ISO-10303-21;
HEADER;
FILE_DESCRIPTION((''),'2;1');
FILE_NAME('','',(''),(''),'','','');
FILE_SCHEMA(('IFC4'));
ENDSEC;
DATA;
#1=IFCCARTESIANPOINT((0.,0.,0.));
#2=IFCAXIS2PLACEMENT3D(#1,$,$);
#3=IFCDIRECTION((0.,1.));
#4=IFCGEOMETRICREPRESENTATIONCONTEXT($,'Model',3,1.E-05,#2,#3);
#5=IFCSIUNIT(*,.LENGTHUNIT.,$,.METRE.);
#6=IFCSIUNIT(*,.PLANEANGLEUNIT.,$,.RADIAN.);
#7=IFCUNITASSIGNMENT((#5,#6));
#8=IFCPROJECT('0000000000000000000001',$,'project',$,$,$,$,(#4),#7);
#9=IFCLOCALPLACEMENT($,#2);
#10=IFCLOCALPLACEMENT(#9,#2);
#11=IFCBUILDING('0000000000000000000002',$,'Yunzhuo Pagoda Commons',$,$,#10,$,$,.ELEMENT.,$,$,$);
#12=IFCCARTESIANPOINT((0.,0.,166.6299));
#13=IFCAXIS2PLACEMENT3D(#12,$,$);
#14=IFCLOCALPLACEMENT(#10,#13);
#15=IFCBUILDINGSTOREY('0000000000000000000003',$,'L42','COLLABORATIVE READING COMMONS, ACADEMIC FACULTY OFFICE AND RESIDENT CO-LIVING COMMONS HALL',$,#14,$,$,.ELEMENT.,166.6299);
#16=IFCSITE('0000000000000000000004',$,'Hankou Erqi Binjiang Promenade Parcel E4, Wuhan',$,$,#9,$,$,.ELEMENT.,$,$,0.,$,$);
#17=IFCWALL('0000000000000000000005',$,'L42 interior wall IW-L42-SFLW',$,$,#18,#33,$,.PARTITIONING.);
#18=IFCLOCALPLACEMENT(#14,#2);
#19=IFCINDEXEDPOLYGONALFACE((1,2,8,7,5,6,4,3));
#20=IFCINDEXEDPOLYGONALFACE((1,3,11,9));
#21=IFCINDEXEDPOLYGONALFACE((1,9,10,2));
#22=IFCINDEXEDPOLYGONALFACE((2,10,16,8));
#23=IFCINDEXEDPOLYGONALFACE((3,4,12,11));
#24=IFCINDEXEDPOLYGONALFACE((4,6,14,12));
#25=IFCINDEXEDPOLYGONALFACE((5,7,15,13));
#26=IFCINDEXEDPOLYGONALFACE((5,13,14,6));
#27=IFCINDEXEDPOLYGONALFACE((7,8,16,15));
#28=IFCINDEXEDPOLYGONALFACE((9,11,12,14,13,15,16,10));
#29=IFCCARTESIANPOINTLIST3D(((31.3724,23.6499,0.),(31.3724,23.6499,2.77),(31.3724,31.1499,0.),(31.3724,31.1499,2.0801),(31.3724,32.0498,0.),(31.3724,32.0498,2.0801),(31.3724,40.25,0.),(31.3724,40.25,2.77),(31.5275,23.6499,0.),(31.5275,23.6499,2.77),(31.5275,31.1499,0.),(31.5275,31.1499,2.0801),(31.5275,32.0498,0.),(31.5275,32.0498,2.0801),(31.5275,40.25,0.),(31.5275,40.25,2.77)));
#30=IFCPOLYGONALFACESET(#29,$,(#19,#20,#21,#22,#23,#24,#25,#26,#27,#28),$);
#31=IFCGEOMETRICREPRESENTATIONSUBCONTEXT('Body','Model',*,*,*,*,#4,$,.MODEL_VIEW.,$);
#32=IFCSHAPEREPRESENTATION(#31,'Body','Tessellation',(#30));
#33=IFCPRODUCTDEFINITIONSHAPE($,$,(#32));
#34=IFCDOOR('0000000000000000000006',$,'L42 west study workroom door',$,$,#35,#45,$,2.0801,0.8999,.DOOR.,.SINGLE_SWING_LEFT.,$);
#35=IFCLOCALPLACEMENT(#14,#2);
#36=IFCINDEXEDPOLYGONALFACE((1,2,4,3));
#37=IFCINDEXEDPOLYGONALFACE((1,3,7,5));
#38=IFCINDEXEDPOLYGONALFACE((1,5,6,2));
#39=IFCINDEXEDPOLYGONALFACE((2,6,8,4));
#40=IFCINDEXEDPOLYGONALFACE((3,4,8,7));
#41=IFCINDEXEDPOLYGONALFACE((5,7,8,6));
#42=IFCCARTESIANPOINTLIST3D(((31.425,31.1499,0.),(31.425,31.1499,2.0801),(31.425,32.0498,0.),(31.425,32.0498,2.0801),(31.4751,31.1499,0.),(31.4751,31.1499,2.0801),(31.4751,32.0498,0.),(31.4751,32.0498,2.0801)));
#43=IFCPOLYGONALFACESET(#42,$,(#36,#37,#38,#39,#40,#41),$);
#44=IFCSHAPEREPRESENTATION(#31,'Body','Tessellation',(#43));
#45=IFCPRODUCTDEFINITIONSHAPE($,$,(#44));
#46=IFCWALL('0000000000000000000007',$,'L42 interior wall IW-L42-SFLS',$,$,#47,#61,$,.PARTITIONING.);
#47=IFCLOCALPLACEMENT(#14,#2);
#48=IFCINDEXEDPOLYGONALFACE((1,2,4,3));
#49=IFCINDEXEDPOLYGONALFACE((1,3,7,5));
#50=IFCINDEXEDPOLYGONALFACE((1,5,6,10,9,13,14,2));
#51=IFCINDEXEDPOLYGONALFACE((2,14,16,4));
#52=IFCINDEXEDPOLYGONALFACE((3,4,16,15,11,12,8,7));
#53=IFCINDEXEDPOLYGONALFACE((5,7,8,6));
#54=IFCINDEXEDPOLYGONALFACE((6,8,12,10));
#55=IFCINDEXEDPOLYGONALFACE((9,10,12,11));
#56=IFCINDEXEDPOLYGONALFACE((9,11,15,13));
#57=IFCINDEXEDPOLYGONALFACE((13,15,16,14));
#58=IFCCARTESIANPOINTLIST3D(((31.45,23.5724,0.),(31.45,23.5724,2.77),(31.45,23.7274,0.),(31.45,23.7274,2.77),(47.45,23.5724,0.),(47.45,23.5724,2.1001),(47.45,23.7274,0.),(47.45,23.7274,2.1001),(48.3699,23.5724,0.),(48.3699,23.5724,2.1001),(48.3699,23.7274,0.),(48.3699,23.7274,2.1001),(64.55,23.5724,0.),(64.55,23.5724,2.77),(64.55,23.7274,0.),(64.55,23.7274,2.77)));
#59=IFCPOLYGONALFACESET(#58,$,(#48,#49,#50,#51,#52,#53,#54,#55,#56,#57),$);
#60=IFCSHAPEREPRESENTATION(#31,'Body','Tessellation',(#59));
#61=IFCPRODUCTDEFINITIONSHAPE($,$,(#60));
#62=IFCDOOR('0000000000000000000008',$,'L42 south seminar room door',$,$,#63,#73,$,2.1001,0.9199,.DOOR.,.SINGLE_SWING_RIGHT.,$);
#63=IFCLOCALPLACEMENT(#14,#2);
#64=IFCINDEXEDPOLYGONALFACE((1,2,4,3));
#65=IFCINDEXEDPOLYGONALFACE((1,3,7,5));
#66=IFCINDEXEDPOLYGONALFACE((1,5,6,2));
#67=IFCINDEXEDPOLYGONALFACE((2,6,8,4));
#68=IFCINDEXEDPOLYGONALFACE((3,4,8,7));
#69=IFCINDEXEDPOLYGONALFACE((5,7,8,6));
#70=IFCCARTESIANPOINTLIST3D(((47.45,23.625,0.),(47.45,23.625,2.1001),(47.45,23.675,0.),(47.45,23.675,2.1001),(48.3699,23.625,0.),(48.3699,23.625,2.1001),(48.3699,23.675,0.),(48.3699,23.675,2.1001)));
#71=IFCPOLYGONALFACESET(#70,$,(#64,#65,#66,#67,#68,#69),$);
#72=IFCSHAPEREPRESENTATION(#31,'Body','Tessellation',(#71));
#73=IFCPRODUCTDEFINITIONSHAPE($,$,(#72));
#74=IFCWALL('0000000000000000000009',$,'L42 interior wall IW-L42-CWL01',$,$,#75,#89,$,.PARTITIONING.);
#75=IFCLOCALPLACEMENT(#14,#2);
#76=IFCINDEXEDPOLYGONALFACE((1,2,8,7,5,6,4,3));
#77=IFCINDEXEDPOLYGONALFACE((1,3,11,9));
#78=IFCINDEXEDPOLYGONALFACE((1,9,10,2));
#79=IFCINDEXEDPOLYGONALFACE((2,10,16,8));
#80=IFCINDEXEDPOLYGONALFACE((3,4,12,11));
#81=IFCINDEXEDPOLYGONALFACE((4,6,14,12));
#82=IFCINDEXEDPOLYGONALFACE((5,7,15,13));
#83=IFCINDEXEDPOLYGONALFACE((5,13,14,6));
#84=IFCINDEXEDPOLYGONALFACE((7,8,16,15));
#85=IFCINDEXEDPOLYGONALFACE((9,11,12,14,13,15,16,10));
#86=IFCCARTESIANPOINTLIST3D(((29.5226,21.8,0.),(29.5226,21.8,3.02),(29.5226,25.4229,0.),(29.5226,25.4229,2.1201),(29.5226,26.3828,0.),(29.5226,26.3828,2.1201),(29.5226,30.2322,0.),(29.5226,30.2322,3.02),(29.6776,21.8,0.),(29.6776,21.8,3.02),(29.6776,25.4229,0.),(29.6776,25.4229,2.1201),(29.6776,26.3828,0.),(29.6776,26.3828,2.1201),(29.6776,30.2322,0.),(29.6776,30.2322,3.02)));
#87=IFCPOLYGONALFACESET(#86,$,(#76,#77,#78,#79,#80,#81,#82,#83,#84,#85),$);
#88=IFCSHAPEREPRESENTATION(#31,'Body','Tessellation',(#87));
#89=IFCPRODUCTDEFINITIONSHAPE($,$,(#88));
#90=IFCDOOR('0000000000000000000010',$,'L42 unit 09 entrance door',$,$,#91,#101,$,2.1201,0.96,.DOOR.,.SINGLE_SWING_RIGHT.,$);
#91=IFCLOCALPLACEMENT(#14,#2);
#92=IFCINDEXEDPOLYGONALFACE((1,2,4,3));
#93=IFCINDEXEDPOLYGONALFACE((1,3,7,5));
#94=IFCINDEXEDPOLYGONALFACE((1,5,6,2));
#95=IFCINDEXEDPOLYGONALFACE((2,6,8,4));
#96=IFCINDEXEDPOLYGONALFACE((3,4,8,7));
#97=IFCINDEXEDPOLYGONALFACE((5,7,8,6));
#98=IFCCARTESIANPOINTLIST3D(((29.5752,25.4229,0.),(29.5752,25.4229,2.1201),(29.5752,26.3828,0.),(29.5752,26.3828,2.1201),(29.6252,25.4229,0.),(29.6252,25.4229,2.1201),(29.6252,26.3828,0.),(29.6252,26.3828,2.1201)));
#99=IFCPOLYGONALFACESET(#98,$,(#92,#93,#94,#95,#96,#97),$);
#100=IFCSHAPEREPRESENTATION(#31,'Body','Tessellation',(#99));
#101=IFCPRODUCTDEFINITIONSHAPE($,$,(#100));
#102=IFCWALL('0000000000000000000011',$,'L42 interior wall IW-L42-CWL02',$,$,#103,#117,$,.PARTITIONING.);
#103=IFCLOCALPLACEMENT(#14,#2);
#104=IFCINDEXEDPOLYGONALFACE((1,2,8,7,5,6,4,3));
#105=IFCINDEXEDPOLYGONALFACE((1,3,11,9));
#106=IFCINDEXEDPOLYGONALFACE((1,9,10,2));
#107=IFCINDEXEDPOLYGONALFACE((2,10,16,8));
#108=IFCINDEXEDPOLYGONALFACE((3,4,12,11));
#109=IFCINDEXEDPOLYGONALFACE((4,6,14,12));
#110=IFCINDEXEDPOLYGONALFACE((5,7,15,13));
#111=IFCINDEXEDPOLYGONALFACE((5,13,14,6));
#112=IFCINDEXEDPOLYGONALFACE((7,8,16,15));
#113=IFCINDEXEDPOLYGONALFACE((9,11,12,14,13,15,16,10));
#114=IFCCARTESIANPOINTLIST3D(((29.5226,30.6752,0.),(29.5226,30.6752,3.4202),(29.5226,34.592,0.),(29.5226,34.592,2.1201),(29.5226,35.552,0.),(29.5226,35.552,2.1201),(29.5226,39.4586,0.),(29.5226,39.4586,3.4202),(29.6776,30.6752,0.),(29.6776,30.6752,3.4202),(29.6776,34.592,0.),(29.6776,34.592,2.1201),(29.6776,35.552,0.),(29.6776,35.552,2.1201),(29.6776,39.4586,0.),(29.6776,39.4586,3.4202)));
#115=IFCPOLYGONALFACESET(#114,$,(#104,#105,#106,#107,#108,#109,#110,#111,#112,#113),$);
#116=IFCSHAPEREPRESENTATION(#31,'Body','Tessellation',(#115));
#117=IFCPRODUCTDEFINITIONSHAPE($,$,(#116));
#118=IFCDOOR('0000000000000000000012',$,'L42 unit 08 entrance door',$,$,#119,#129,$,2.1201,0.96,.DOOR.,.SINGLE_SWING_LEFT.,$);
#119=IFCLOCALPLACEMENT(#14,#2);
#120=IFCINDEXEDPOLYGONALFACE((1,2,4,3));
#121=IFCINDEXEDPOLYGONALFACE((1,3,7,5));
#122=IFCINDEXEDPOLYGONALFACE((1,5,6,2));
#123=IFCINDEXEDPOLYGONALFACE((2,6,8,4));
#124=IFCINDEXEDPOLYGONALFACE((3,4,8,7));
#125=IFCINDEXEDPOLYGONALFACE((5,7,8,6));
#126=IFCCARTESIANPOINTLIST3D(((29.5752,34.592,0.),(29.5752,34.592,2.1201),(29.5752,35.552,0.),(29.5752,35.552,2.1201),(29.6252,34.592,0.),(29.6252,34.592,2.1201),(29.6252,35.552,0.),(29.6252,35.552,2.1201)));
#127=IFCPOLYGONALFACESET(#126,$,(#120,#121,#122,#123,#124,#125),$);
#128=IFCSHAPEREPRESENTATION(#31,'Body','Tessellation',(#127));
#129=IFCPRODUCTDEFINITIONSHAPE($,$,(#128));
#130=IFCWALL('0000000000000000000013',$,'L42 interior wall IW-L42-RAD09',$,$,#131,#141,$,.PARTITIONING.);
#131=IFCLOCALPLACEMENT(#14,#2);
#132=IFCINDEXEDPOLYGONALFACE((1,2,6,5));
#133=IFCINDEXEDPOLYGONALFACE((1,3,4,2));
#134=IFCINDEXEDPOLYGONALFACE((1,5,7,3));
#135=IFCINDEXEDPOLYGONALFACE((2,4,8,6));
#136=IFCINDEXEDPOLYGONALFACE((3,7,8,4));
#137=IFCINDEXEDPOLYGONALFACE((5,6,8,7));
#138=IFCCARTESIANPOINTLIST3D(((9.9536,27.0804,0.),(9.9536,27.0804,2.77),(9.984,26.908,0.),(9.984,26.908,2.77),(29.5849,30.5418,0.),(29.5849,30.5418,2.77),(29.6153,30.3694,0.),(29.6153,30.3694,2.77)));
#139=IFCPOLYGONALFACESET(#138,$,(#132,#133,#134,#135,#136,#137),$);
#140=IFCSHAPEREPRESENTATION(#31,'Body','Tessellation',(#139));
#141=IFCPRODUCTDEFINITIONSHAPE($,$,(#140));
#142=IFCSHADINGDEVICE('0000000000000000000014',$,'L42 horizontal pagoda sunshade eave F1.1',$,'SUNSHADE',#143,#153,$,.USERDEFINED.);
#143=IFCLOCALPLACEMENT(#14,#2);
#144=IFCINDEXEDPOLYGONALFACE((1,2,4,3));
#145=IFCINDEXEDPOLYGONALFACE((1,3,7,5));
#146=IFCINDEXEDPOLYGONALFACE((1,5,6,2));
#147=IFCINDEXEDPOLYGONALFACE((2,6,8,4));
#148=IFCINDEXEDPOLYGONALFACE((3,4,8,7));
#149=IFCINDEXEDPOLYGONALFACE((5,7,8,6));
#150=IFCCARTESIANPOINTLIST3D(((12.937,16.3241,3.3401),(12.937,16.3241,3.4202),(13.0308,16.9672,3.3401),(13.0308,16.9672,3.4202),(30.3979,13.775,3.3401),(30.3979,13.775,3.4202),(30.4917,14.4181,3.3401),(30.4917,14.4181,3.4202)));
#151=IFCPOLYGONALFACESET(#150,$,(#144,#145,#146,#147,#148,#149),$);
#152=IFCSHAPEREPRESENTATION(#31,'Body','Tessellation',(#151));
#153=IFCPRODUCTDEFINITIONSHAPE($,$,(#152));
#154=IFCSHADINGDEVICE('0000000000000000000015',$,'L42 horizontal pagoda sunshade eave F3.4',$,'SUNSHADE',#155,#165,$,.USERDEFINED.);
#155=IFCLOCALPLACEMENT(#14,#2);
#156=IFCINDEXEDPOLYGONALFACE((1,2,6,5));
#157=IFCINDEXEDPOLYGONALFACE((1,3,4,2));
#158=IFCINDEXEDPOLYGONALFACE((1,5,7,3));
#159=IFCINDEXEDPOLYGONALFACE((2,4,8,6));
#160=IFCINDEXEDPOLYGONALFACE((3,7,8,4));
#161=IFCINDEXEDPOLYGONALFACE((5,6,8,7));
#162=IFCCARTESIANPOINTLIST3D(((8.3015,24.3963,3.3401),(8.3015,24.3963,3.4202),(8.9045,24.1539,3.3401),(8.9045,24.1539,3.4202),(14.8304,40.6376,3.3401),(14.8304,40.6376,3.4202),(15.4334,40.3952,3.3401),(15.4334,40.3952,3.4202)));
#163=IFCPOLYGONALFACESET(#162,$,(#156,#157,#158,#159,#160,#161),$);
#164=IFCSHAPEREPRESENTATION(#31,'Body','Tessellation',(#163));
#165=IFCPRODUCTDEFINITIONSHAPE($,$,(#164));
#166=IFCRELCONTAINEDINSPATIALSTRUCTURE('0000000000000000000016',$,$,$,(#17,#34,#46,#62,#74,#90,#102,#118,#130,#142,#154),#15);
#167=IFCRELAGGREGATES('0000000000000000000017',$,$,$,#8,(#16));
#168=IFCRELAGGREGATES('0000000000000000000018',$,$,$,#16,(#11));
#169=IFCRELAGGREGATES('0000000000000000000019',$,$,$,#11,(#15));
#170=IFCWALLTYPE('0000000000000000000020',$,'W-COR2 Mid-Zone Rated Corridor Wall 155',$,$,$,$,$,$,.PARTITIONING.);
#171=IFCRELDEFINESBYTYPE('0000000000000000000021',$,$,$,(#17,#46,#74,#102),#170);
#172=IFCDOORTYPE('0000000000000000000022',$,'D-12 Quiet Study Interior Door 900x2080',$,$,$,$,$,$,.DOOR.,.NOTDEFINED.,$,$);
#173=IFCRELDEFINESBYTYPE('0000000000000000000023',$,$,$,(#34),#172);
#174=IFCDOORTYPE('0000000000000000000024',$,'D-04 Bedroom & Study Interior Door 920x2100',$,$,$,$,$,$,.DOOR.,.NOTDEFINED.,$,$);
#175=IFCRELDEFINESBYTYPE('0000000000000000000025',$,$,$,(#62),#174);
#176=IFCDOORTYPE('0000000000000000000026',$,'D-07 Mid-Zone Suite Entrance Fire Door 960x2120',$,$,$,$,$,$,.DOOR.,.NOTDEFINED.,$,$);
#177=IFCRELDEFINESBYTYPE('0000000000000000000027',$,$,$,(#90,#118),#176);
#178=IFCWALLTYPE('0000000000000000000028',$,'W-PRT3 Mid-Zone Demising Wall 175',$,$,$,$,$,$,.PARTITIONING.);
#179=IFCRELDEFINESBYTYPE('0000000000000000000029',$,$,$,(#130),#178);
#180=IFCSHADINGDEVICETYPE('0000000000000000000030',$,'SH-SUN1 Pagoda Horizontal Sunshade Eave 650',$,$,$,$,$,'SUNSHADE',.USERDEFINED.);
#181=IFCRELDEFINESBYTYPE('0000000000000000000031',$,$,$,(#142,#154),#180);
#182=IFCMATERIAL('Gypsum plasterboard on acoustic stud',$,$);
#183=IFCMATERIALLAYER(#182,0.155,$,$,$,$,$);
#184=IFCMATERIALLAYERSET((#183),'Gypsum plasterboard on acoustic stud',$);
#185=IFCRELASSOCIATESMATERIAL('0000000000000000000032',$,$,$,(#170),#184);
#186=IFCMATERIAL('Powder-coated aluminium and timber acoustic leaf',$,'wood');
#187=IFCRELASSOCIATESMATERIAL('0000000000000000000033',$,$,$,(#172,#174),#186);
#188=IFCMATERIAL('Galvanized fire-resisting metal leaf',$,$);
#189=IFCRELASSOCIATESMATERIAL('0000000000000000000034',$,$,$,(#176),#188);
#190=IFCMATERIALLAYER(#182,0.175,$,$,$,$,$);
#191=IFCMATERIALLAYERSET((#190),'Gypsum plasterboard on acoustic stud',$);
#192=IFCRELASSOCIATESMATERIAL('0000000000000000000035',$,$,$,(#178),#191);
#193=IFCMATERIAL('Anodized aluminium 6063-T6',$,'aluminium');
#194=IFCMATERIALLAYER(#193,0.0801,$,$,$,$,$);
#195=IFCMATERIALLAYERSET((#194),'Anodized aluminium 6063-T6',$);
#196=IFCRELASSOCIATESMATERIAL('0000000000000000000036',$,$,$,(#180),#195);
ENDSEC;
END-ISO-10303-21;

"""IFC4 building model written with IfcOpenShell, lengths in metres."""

from ifc_helpers import new_model, si_unit, direction, frame, frame_2d, origin, origin_with_axes, origin_2d, place, context, subcontext, project, spatial, rectangle, extrude, source, transform, mapped, material, layer, layer_set, type_object, element, fill, save


model = new_model("IFC4")

# Units and contexts
model_context = context("Model", 3, precision=1e-05, world=origin(), true_north=direction((0.0, 1.0)))
body_context = subcontext(model_context, "Body", "Model", "MODEL_VIEW")
ifc_project = project(units=[si_unit("LENGTHUNIT", "METRE"), si_unit("PLANEANGLEUNIT", "RADIAN")], contexts=[model_context])

# Site, building, storey
site_placement = place(None, origin())
site = spatial("IfcSite", under=ifc_project, at=site_placement, Name="Hankou Erqi Binjiang Promenade Parcel E4, Wuhan", CompositionType="ELEMENT", RefElevation=0.0)
building_placement = place(site_placement, origin())
building = spatial("IfcBuilding", under=site, at=building_placement, Name="Yunzhuo Pagoda Commons", CompositionType="ELEMENT")
storey_placement = place(building_placement, frame((0.0, 0.0, 166.6299)))
storey = spatial("IfcBuildingStorey", under=building, at=storey_placement, Name="L42", Description="COLLABORATIVE READING COMMONS, ACADEMIC FACULTY OFFICE AND RESIDENT CO-LIVING COMMONS HALL", CompositionType="ELEMENT", Elevation=166.6299)

# Shared definitions
ifc_material_1 = material(Name="Anodized aluminium 6063-T6", Category="aluminium")

# Walls, openings, doors
ifc_material_2 = material(Name="Gypsum plasterboard on acoustic stud")
ifc_layer_1 = layer(ifc_material_2, 0.155)
ifc_layer_set_1 = layer_set([ifc_layer_1], Name="Gypsum plasterboard on acoustic stud")
wall_type_1 = type_object("IfcWallType", Name="W-COR2 Mid-Zone Rated Corridor Wall 155", PredefinedType="PARTITIONING", material=ifc_layer_set_1)
wall_1_placement = place(storey_placement, frame((31.45, 23.6499, 0.0), z_axis=(0.0, 0.0, 1.0), x_axis=(0.0, 1.0, 0.0)))
wall_1 = element("IfcWall", 1, at=wall_1_placement, inside=storey, type_object=wall_type_1, Name="L42 interior wall IW-L42-SFLW", PredefinedType="PARTITIONING", context=body_context, shape_type="SweptSolid", body=[
    extrude(rectangle(XDim=16.6001, YDim=0.155, at=frame_2d((8.3, 0.0))), origin(), (0.0, 0.0, 1.0), 2.77),
])
opening_1_placement = place(wall_1_placement, frame((7.5, 0.0, 0.0)))
opening_1 = element("IfcOpeningElement", 2, at=opening_1_placement, cuts=wall_1, PredefinedType="OPENING", context=body_context, shape_type="SweptSolid", body=[
    extrude(rectangle(XDim=0.8999, YDim=2.0801, at=frame_2d((0.45, 1.04))), frame((0.0, 0.0874, 0.0), z_axis=(0.0, -1.0, 0.0), x_axis=(1.0, 0.0, 0.0)), (0.0, 0.0, 1.0), 0.175),
])
ifc_material_3 = material(Name="Powder-coated aluminium and timber acoustic leaf", Category="wood")
door_type_1 = type_object("IfcDoorType", Name="D-12 Quiet Study Interior Door 900x2080", OperationType="NOTDEFINED", PredefinedType="DOOR", material=ifc_material_3)
shared_shape_1 = source(origin(), body_context, "Body", "SweptSolid", [
    extrude(rectangle(XDim=0.8999, YDim=2.0801, at=frame_2d((0.45, 1.04))), frame((0.0, 0.0249, 0.0), z_axis=(0.0, -1.0, 0.0), x_axis=(1.0, 0.0, 0.0)), (0.0, 0.0, 1.0), 0.05),
])
door_1_placement = place(opening_1_placement, origin_with_axes())
door_1 = element("IfcDoor", 3, at=door_1_placement, inside=storey, type_object=door_type_1, Name="L42 west study workroom door", OperationType="SINGLE_SWING_LEFT", OverallHeight=2.0801, OverallWidth=0.8999, PredefinedType="DOOR", context=body_context, shape_type="MappedRepresentation", body=[
    mapped(shared_shape_1, transform((0.0, 0.0, 0.0), scale=1.0)),
])
fill(opening_1, door_1)
wall_2_placement = place(storey_placement, frame((31.45, 23.6499, 0.0), z_axis=(0.0, 0.0, 1.0), x_axis=(1.0, 0.0, 0.0)))
wall_2 = element("IfcWall", 4, at=wall_2_placement, inside=storey, type_object=wall_type_1, Name="L42 interior wall IW-L42-SFLS", PredefinedType="PARTITIONING", context=body_context, shape_type="SweptSolid", body=[
    extrude(rectangle(XDim=33.1001, YDim=0.155, at=frame_2d((16.55, 0.0))), origin(), (0.0, 0.0, 1.0), 2.77),
])
opening_2_placement = place(wall_2_placement, frame((16.0, 0.0, 0.0)))
opening_2 = element("IfcOpeningElement", 5, at=opening_2_placement, cuts=wall_2, PredefinedType="OPENING", context=body_context, shape_type="SweptSolid", body=[
    extrude(rectangle(XDim=0.9199, YDim=2.1001, at=frame_2d((0.46, 1.05))), frame((0.0, 0.0874, 0.0), z_axis=(0.0, -1.0, 0.0), x_axis=(1.0, 0.0, 0.0)), (0.0, 0.0, 1.0), 0.175),
])
door_type_2 = type_object("IfcDoorType", Name="D-04 Bedroom & Study Interior Door 920x2100", OperationType="NOTDEFINED", PredefinedType="DOOR", material=ifc_material_3)
shared_shape_2 = source(origin(), body_context, "Body", "SweptSolid", [
    extrude(rectangle(XDim=0.9199, YDim=2.1001, at=frame_2d((0.46, 1.05))), frame((0.0, 0.0249, 0.0), z_axis=(0.0, -1.0, 0.0), x_axis=(1.0, 0.0, 0.0)), (0.0, 0.0, 1.0), 0.05),
])
door_2_placement = place(opening_2_placement, frame((0.9199, 0.0, 0.0), z_axis=(0.0, 0.0, 1.0), x_axis=(-1.0, 0.0, 0.0)))
door_2 = element("IfcDoor", 6, at=door_2_placement, inside=storey, type_object=door_type_2, Name="L42 south seminar room door", OperationType="SINGLE_SWING_RIGHT", OverallHeight=2.1001, OverallWidth=0.9199, PredefinedType="DOOR", context=body_context, shape_type="MappedRepresentation", body=[
    mapped(shared_shape_2, transform((0.0, 0.0, 0.0), scale=1.0)),
])
fill(opening_2, door_2)
wall_3_placement = place(storey_placement, frame((29.6001, 21.8, 0.0), z_axis=(0.0, 0.0, 1.0), x_axis=(0.0, 1.0, 0.0)))
wall_3 = element("IfcWall", 7, at=wall_3_placement, inside=storey, type_object=wall_type_1, Name="L42 interior wall IW-L42-CWL01", PredefinedType="PARTITIONING", context=body_context, shape_type="SweptSolid", body=[
    extrude(rectangle(XDim=8.4321, YDim=0.155, at=frame_2d((4.2161, 0.0))), origin(), (0.0, 0.0, 1.0), 3.02),
])
opening_3_placement = place(wall_3_placement, frame((3.6228, 0.0, 0.0)))
opening_3 = element("IfcOpeningElement", 8, at=opening_3_placement, cuts=wall_3, PredefinedType="OPENING", context=body_context, shape_type="SweptSolid", body=[
    extrude(rectangle(XDim=0.96, YDim=2.1201, at=frame_2d((0.48, 1.0601))), frame((0.0, 0.0874, 0.0), z_axis=(0.0, -1.0, 0.0), x_axis=(1.0, 0.0, 0.0)), (0.0, 0.0, 1.0), 0.175),
])
ifc_material_4 = material(Name="Galvanized fire-resisting metal leaf")
door_type_3 = type_object("IfcDoorType", Name="D-07 Mid-Zone Suite Entrance Fire Door 960x2120", OperationType="NOTDEFINED", PredefinedType="DOOR", material=ifc_material_4)
shared_shape_3 = source(origin(), body_context, "Body", "SweptSolid", [
    extrude(rectangle(XDim=0.96, YDim=2.1201, at=frame_2d((0.48, 1.0601))), frame((0.0, 0.0249, 0.0), z_axis=(0.0, -1.0, 0.0), x_axis=(1.0, 0.0, 0.0)), (0.0, 0.0, 1.0), 0.05),
])
door_3_placement = place(opening_3_placement, origin_with_axes())
door_3 = element("IfcDoor", 9, at=door_3_placement, inside=storey, type_object=door_type_3, Name="L42 unit 09 entrance door", OperationType="SINGLE_SWING_RIGHT", OverallHeight=2.1201, OverallWidth=0.96, PredefinedType="DOOR", context=body_context, shape_type="MappedRepresentation", body=[
    mapped(shared_shape_3, transform((0.0, 0.0, 0.0), scale=1.0)),
])
fill(opening_3, door_3)
wall_4_placement = place(storey_placement, frame((29.6001, 30.6753, 0.0), z_axis=(0.0, 0.0, 1.0), x_axis=(0.0, 1.0, 0.0)))
wall_4 = element("IfcWall", 10, at=wall_4_placement, inside=storey, type_object=wall_type_1, Name="L42 interior wall IW-L42-CWL02", PredefinedType="PARTITIONING", context=body_context, shape_type="SweptSolid", body=[
    extrude(rectangle(XDim=8.7834, YDim=0.155, at=frame_2d((4.3916, 0.0))), origin(), (0.0, 0.0, 1.0), 3.4202),
])
opening_4_placement = place(wall_4_placement, frame((3.9167, 0.0, 0.0)))
opening_4 = element("IfcOpeningElement", 11, at=opening_4_placement, cuts=wall_4, PredefinedType="OPENING", context=body_context, shape_type="SweptSolid", body=[
    extrude(rectangle(XDim=0.96, YDim=2.1201, at=frame_2d((0.48, 1.0601))), frame((0.0, 0.0874, 0.0), z_axis=(0.0, -1.0, 0.0), x_axis=(1.0, 0.0, 0.0)), (0.0, 0.0, 1.0), 0.175),
])
door_4_placement = place(opening_4_placement, origin_with_axes())
door_4 = element("IfcDoor", 12, at=door_4_placement, inside=storey, type_object=door_type_3, Name="L42 unit 08 entrance door", OperationType="SINGLE_SWING_LEFT", OverallHeight=2.1201, OverallWidth=0.96, PredefinedType="DOOR", context=body_context, shape_type="MappedRepresentation", body=[
    mapped(shared_shape_3, transform((0.0, 0.0, 0.0), scale=1.0)),
])
fill(opening_4, door_4)

# Wall
ifc_layer_2 = layer(ifc_material_2, 0.175)
ifc_layer_set_2 = layer_set([ifc_layer_2], Name="Gypsum plasterboard on acoustic stud")
wall_type_2 = type_object("IfcWallType", Name="W-PRT3 Mid-Zone Demising Wall 175", PredefinedType="PARTITIONING", material=ifc_layer_set_2)
wall_5_placement = place(storey_placement, frame((29.6001, 30.4556, 0.0), z_axis=(0.0, 0.0, 1.0), x_axis=(-0.984809, -0.173643, 0.0)))
element("IfcWall", 13, at=wall_5_placement, inside=storey, type_object=wall_type_2, Name="L42 interior wall IW-L42-RAD09", PredefinedType="PARTITIONING", context=body_context, shape_type="SweptSolid", body=[
    extrude(rectangle(XDim=19.9341, YDim=0.175, at=frame_2d((9.967, 0.0))), origin(), (0.0, 0.0, 1.0), 2.77),
])

# Shading devices
ifc_layer_3 = layer(ifc_material_1, 0.0801)
ifc_layer_set_3 = layer_set([ifc_layer_3], Name="Anodized aluminium 6063-T6")
shading_device_type = type_object("IfcShadingDeviceType", Name="SH-SUN1 Pagoda Horizontal Sunshade Eave 650", ElementType="SUNSHADE", PredefinedType="USERDEFINED", material=ifc_layer_set_3)
shared_shape_4 = source(origin(), body_context, "Body", "SweptSolid", [
    extrude(rectangle(XDim=17.646, YDim=0.6499, at=origin_2d()), origin(), (0.0, 0.0, 1.0), 0.0801),
])
shading_device_1_placement = place(storey_placement, frame((21.7144, 15.3711, 3.3401), z_axis=(0.0, 0.0, 1.0), x_axis=(0.989511, -0.14446, 0.0)))
element("IfcShadingDevice", 14, at=shading_device_1_placement, inside=storey, type_object=shading_device_type, Name="L42 horizontal pagoda sunshade eave F1.1", ObjectType="SUNSHADE", PredefinedType="USERDEFINED", context=body_context, shape_type="MappedRepresentation", body=[
    mapped(shared_shape_4, transform((0.0, 0.0, 0.0), scale=1.0)),
])
shared_shape_5 = source(origin(), body_context, "Body", "SweptSolid", [
    extrude(rectangle(XDim=17.5044, YDim=0.6499, at=origin_2d()), origin(), (0.0, 0.0, 1.0), 0.0801),
])
shading_device_2_placement = place(storey_placement, frame((11.8674, 32.3958, 3.3401), z_axis=(0.0, 0.0, 1.0), x_axis=(-0.372988, -0.927836, 0.0)))
element("IfcShadingDevice", 15, at=shading_device_2_placement, inside=storey, type_object=shading_device_type, Name="L42 horizontal pagoda sunshade eave F3.4", ObjectType="SUNSHADE", PredefinedType="USERDEFINED", context=body_context, shape_type="MappedRepresentation", body=[
    mapped(shared_shape_5, transform((0.0, 0.0, 0.0), scale=1.0)),
])

save(model, "model.ifc")
